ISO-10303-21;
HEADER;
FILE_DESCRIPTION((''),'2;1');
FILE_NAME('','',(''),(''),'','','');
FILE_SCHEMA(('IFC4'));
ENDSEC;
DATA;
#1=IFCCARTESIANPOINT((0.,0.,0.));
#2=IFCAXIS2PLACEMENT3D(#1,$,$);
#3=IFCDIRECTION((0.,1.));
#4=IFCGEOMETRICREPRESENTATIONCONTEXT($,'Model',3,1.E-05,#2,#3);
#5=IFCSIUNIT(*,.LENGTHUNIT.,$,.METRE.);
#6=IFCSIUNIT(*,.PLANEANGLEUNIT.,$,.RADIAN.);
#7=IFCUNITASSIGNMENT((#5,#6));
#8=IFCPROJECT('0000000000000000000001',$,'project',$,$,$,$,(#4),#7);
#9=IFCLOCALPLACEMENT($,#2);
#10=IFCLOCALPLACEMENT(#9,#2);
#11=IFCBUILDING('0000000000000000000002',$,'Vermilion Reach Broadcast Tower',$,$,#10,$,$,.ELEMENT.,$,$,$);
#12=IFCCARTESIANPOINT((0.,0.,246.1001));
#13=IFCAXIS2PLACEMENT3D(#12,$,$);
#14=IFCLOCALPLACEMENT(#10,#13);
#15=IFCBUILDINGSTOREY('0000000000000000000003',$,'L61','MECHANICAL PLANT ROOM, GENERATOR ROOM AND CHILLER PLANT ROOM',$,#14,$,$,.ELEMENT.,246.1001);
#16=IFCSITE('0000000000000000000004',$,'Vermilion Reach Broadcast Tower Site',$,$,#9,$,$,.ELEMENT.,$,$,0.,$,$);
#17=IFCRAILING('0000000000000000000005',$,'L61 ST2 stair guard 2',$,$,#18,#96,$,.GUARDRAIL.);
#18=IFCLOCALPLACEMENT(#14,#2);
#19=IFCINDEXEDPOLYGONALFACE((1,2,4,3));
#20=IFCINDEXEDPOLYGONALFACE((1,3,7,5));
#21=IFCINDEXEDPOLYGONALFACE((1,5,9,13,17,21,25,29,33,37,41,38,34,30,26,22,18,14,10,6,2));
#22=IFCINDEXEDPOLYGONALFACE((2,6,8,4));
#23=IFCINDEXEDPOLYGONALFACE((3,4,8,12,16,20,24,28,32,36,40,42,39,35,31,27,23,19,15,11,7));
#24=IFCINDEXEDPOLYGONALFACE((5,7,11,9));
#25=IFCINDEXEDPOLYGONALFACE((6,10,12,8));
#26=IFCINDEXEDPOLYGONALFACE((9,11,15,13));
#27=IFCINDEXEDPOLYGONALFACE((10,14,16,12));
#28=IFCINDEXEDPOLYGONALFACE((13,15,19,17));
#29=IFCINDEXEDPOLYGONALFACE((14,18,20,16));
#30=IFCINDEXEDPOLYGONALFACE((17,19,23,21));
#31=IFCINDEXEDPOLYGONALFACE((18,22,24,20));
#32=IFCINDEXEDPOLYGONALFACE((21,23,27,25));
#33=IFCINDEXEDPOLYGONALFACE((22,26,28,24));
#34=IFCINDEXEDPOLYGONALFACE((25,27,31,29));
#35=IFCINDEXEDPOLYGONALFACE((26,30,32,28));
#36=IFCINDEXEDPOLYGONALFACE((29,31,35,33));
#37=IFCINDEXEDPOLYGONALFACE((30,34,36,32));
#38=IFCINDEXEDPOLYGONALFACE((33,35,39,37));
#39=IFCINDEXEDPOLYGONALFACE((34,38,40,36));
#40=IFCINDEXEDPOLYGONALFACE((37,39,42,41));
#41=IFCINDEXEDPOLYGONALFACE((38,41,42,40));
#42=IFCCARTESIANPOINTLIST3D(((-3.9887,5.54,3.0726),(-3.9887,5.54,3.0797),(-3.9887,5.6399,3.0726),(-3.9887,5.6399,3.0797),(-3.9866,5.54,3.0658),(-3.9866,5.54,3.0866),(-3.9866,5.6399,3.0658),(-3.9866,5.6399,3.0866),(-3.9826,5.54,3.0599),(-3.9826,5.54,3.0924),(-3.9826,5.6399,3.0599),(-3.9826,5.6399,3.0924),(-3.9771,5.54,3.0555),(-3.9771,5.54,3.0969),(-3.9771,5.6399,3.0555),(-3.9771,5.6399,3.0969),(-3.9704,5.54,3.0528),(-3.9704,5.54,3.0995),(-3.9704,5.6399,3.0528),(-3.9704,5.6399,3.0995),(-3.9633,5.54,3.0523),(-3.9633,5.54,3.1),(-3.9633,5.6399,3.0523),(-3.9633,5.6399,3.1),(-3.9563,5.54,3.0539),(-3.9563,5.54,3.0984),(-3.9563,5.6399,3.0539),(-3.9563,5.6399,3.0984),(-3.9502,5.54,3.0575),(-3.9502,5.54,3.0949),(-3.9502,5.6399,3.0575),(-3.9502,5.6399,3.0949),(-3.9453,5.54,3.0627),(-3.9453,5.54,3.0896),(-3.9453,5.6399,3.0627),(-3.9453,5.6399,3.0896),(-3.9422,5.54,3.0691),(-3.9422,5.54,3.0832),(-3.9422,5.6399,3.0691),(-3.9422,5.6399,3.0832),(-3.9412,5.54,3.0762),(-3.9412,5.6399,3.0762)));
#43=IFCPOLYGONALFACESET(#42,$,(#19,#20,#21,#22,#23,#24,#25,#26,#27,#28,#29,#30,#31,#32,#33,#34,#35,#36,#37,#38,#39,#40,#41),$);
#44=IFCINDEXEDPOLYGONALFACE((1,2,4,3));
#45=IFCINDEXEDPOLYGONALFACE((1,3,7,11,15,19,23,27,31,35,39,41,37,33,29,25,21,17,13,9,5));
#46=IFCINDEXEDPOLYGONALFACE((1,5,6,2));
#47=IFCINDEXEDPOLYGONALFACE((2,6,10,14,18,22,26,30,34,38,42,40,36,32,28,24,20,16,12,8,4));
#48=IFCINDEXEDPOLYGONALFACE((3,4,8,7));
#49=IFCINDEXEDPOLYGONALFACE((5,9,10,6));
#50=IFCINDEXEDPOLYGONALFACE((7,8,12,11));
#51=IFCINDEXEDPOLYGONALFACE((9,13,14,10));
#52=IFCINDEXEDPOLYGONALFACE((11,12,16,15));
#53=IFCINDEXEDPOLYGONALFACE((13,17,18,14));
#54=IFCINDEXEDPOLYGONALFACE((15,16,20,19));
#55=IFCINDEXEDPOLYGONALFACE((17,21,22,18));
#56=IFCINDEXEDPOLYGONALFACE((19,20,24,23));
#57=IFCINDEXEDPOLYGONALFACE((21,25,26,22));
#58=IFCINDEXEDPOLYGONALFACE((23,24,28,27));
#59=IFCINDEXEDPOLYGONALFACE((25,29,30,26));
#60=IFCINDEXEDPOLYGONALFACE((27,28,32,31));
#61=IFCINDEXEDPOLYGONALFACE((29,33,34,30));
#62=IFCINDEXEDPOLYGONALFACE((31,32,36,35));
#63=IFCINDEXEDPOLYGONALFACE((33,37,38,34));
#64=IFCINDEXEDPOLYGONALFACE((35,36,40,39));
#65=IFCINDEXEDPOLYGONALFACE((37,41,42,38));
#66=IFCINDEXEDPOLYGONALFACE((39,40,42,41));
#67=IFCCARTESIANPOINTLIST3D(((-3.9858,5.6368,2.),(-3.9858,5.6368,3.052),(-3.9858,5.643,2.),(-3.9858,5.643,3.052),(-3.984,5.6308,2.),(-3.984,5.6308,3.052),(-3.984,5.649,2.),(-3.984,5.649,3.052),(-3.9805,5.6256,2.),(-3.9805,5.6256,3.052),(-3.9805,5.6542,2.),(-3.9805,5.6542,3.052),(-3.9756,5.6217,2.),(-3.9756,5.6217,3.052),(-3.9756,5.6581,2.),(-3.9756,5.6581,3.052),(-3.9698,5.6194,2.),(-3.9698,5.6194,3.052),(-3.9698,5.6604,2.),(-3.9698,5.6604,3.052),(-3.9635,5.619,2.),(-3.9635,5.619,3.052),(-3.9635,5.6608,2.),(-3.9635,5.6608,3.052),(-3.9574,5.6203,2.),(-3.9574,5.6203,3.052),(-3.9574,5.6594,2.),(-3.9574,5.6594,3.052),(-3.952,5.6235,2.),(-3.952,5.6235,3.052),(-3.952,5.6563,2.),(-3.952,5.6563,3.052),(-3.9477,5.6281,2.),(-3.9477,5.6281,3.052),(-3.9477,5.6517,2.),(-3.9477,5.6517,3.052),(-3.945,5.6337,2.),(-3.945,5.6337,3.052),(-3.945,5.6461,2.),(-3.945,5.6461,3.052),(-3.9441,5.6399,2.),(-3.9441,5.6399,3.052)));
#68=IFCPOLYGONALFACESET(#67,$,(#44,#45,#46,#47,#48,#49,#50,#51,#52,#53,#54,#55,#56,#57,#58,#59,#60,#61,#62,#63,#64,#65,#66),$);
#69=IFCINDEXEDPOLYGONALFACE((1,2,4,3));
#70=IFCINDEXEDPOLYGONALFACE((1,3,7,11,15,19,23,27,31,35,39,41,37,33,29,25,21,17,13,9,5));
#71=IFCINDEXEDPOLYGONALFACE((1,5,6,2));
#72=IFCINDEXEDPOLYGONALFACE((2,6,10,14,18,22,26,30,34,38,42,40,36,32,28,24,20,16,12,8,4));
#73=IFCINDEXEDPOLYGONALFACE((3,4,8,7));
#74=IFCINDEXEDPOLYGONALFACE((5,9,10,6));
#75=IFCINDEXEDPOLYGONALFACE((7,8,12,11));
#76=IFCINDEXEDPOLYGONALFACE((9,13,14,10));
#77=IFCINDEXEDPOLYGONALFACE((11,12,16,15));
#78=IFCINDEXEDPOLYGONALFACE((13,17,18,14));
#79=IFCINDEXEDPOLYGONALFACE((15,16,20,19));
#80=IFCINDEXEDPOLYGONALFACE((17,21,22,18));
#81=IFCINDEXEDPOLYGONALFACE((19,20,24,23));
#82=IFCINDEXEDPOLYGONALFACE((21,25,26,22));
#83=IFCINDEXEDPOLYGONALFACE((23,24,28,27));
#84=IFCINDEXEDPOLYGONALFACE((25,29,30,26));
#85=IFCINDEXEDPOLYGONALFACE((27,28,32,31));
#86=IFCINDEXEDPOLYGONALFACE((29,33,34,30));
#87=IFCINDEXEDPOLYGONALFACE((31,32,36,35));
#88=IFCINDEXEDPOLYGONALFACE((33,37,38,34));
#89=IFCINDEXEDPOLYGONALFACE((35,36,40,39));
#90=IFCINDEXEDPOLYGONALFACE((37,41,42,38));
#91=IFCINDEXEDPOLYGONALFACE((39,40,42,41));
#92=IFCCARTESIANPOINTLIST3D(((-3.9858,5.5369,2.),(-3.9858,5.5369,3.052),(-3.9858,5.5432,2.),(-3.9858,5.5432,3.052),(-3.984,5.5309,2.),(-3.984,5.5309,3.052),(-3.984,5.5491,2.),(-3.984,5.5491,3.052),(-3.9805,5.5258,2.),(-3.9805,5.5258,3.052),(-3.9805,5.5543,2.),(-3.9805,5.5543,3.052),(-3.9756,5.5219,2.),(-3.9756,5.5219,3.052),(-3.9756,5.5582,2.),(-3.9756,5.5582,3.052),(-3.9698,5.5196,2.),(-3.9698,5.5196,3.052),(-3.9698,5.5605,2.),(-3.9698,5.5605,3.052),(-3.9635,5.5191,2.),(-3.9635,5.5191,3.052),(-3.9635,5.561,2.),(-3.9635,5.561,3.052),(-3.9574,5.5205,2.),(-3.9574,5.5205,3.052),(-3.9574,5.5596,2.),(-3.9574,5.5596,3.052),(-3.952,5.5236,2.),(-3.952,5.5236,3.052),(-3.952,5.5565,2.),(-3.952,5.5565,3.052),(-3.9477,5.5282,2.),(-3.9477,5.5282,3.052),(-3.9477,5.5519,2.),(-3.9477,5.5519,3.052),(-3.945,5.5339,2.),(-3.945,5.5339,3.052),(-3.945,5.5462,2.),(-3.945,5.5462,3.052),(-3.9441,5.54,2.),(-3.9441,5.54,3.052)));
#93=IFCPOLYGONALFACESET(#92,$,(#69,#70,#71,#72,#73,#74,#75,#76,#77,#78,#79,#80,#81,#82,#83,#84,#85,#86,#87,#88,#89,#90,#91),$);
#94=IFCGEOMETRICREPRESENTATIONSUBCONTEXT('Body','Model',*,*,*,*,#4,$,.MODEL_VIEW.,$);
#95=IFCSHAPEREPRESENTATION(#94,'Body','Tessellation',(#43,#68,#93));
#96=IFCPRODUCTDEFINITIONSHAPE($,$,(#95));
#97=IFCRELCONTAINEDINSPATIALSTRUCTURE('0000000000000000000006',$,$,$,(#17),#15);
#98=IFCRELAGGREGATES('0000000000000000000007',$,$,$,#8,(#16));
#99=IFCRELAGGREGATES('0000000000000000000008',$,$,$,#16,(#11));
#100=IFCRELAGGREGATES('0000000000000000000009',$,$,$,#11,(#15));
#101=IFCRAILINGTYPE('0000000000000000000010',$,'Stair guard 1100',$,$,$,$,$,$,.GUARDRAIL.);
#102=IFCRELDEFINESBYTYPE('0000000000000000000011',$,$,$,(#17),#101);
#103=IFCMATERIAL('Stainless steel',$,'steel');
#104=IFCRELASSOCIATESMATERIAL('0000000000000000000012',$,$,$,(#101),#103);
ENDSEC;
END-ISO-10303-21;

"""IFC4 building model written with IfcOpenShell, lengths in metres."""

from ifc_helpers import new_model, si_unit, direction, frame, origin, origin_2d, place, context, subcontext, project, spatial, circle, extrude, material, type_object, element, save


model = new_model("IFC4")

# Units and contexts
model_context = context("Model", 3, precision=1e-05, world=origin(), true_north=direction((0.0, 1.0)))
body_context = subcontext(model_context, "Body", "Model", "MODEL_VIEW")
ifc_project = project(units=[si_unit("LENGTHUNIT", "METRE"), si_unit("PLANEANGLEUNIT", "RADIAN")], contexts=[model_context])

# Site, building, storey
site_placement = place(None, origin())
site = spatial("IfcSite", under=ifc_project, at=site_placement, Name="Vermilion Reach Broadcast Tower Site", CompositionType="ELEMENT", RefElevation=0.0)
building_placement = place(site_placement, origin())
building = spatial("IfcBuilding", under=site, at=building_placement, Name="Vermilion Reach Broadcast Tower", CompositionType="ELEMENT")
storey_placement = place(building_placement, frame((0.0, 0.0, 246.1001)))
storey = spatial("IfcBuildingStorey", under=building, at=storey_placement, Name="L61", Description="MECHANICAL PLANT ROOM, GENERATOR ROOM AND CHILLER PLANT ROOM", CompositionType="ELEMENT", Elevation=246.1001)

# Railing
ifc_material_1 = material(Name="Stainless steel", Category="steel")
railing_type_1 = type_object("IfcRailingType", Name="Stair guard 1100", PredefinedType="GUARDRAIL", material=ifc_material_1)
railing_1_placement = place(storey_placement, frame((-3.9651, 5.6399, 2.0)))
element("IfcRailing", 1, at=railing_1_placement, inside=storey, type_object=railing_type_1, Name="L61 ST2 stair guard 2", PredefinedType="GUARDRAIL", context=body_context, shape_type="SweptSolid", body=[
    extrude(circle(Radius=0.0239, at=origin_2d()), frame((0.0, 0.0, 1.0762), z_axis=(0.0, -1.0, 0.0), x_axis=(1.0, 0.0, 0.0)), (0.0, 0.0, 1.0), 0.0999),
    extrude(circle(Radius=0.021, at=origin_2d()), origin(), (0.0, 0.0, 1.0), 1.052),
    extrude(circle(Radius=0.021, at=origin_2d()), frame((0.0, -0.0999, 0.0)), (0.0, 0.0, 1.0), 1.052),
])

save(model, "model.ifc")
